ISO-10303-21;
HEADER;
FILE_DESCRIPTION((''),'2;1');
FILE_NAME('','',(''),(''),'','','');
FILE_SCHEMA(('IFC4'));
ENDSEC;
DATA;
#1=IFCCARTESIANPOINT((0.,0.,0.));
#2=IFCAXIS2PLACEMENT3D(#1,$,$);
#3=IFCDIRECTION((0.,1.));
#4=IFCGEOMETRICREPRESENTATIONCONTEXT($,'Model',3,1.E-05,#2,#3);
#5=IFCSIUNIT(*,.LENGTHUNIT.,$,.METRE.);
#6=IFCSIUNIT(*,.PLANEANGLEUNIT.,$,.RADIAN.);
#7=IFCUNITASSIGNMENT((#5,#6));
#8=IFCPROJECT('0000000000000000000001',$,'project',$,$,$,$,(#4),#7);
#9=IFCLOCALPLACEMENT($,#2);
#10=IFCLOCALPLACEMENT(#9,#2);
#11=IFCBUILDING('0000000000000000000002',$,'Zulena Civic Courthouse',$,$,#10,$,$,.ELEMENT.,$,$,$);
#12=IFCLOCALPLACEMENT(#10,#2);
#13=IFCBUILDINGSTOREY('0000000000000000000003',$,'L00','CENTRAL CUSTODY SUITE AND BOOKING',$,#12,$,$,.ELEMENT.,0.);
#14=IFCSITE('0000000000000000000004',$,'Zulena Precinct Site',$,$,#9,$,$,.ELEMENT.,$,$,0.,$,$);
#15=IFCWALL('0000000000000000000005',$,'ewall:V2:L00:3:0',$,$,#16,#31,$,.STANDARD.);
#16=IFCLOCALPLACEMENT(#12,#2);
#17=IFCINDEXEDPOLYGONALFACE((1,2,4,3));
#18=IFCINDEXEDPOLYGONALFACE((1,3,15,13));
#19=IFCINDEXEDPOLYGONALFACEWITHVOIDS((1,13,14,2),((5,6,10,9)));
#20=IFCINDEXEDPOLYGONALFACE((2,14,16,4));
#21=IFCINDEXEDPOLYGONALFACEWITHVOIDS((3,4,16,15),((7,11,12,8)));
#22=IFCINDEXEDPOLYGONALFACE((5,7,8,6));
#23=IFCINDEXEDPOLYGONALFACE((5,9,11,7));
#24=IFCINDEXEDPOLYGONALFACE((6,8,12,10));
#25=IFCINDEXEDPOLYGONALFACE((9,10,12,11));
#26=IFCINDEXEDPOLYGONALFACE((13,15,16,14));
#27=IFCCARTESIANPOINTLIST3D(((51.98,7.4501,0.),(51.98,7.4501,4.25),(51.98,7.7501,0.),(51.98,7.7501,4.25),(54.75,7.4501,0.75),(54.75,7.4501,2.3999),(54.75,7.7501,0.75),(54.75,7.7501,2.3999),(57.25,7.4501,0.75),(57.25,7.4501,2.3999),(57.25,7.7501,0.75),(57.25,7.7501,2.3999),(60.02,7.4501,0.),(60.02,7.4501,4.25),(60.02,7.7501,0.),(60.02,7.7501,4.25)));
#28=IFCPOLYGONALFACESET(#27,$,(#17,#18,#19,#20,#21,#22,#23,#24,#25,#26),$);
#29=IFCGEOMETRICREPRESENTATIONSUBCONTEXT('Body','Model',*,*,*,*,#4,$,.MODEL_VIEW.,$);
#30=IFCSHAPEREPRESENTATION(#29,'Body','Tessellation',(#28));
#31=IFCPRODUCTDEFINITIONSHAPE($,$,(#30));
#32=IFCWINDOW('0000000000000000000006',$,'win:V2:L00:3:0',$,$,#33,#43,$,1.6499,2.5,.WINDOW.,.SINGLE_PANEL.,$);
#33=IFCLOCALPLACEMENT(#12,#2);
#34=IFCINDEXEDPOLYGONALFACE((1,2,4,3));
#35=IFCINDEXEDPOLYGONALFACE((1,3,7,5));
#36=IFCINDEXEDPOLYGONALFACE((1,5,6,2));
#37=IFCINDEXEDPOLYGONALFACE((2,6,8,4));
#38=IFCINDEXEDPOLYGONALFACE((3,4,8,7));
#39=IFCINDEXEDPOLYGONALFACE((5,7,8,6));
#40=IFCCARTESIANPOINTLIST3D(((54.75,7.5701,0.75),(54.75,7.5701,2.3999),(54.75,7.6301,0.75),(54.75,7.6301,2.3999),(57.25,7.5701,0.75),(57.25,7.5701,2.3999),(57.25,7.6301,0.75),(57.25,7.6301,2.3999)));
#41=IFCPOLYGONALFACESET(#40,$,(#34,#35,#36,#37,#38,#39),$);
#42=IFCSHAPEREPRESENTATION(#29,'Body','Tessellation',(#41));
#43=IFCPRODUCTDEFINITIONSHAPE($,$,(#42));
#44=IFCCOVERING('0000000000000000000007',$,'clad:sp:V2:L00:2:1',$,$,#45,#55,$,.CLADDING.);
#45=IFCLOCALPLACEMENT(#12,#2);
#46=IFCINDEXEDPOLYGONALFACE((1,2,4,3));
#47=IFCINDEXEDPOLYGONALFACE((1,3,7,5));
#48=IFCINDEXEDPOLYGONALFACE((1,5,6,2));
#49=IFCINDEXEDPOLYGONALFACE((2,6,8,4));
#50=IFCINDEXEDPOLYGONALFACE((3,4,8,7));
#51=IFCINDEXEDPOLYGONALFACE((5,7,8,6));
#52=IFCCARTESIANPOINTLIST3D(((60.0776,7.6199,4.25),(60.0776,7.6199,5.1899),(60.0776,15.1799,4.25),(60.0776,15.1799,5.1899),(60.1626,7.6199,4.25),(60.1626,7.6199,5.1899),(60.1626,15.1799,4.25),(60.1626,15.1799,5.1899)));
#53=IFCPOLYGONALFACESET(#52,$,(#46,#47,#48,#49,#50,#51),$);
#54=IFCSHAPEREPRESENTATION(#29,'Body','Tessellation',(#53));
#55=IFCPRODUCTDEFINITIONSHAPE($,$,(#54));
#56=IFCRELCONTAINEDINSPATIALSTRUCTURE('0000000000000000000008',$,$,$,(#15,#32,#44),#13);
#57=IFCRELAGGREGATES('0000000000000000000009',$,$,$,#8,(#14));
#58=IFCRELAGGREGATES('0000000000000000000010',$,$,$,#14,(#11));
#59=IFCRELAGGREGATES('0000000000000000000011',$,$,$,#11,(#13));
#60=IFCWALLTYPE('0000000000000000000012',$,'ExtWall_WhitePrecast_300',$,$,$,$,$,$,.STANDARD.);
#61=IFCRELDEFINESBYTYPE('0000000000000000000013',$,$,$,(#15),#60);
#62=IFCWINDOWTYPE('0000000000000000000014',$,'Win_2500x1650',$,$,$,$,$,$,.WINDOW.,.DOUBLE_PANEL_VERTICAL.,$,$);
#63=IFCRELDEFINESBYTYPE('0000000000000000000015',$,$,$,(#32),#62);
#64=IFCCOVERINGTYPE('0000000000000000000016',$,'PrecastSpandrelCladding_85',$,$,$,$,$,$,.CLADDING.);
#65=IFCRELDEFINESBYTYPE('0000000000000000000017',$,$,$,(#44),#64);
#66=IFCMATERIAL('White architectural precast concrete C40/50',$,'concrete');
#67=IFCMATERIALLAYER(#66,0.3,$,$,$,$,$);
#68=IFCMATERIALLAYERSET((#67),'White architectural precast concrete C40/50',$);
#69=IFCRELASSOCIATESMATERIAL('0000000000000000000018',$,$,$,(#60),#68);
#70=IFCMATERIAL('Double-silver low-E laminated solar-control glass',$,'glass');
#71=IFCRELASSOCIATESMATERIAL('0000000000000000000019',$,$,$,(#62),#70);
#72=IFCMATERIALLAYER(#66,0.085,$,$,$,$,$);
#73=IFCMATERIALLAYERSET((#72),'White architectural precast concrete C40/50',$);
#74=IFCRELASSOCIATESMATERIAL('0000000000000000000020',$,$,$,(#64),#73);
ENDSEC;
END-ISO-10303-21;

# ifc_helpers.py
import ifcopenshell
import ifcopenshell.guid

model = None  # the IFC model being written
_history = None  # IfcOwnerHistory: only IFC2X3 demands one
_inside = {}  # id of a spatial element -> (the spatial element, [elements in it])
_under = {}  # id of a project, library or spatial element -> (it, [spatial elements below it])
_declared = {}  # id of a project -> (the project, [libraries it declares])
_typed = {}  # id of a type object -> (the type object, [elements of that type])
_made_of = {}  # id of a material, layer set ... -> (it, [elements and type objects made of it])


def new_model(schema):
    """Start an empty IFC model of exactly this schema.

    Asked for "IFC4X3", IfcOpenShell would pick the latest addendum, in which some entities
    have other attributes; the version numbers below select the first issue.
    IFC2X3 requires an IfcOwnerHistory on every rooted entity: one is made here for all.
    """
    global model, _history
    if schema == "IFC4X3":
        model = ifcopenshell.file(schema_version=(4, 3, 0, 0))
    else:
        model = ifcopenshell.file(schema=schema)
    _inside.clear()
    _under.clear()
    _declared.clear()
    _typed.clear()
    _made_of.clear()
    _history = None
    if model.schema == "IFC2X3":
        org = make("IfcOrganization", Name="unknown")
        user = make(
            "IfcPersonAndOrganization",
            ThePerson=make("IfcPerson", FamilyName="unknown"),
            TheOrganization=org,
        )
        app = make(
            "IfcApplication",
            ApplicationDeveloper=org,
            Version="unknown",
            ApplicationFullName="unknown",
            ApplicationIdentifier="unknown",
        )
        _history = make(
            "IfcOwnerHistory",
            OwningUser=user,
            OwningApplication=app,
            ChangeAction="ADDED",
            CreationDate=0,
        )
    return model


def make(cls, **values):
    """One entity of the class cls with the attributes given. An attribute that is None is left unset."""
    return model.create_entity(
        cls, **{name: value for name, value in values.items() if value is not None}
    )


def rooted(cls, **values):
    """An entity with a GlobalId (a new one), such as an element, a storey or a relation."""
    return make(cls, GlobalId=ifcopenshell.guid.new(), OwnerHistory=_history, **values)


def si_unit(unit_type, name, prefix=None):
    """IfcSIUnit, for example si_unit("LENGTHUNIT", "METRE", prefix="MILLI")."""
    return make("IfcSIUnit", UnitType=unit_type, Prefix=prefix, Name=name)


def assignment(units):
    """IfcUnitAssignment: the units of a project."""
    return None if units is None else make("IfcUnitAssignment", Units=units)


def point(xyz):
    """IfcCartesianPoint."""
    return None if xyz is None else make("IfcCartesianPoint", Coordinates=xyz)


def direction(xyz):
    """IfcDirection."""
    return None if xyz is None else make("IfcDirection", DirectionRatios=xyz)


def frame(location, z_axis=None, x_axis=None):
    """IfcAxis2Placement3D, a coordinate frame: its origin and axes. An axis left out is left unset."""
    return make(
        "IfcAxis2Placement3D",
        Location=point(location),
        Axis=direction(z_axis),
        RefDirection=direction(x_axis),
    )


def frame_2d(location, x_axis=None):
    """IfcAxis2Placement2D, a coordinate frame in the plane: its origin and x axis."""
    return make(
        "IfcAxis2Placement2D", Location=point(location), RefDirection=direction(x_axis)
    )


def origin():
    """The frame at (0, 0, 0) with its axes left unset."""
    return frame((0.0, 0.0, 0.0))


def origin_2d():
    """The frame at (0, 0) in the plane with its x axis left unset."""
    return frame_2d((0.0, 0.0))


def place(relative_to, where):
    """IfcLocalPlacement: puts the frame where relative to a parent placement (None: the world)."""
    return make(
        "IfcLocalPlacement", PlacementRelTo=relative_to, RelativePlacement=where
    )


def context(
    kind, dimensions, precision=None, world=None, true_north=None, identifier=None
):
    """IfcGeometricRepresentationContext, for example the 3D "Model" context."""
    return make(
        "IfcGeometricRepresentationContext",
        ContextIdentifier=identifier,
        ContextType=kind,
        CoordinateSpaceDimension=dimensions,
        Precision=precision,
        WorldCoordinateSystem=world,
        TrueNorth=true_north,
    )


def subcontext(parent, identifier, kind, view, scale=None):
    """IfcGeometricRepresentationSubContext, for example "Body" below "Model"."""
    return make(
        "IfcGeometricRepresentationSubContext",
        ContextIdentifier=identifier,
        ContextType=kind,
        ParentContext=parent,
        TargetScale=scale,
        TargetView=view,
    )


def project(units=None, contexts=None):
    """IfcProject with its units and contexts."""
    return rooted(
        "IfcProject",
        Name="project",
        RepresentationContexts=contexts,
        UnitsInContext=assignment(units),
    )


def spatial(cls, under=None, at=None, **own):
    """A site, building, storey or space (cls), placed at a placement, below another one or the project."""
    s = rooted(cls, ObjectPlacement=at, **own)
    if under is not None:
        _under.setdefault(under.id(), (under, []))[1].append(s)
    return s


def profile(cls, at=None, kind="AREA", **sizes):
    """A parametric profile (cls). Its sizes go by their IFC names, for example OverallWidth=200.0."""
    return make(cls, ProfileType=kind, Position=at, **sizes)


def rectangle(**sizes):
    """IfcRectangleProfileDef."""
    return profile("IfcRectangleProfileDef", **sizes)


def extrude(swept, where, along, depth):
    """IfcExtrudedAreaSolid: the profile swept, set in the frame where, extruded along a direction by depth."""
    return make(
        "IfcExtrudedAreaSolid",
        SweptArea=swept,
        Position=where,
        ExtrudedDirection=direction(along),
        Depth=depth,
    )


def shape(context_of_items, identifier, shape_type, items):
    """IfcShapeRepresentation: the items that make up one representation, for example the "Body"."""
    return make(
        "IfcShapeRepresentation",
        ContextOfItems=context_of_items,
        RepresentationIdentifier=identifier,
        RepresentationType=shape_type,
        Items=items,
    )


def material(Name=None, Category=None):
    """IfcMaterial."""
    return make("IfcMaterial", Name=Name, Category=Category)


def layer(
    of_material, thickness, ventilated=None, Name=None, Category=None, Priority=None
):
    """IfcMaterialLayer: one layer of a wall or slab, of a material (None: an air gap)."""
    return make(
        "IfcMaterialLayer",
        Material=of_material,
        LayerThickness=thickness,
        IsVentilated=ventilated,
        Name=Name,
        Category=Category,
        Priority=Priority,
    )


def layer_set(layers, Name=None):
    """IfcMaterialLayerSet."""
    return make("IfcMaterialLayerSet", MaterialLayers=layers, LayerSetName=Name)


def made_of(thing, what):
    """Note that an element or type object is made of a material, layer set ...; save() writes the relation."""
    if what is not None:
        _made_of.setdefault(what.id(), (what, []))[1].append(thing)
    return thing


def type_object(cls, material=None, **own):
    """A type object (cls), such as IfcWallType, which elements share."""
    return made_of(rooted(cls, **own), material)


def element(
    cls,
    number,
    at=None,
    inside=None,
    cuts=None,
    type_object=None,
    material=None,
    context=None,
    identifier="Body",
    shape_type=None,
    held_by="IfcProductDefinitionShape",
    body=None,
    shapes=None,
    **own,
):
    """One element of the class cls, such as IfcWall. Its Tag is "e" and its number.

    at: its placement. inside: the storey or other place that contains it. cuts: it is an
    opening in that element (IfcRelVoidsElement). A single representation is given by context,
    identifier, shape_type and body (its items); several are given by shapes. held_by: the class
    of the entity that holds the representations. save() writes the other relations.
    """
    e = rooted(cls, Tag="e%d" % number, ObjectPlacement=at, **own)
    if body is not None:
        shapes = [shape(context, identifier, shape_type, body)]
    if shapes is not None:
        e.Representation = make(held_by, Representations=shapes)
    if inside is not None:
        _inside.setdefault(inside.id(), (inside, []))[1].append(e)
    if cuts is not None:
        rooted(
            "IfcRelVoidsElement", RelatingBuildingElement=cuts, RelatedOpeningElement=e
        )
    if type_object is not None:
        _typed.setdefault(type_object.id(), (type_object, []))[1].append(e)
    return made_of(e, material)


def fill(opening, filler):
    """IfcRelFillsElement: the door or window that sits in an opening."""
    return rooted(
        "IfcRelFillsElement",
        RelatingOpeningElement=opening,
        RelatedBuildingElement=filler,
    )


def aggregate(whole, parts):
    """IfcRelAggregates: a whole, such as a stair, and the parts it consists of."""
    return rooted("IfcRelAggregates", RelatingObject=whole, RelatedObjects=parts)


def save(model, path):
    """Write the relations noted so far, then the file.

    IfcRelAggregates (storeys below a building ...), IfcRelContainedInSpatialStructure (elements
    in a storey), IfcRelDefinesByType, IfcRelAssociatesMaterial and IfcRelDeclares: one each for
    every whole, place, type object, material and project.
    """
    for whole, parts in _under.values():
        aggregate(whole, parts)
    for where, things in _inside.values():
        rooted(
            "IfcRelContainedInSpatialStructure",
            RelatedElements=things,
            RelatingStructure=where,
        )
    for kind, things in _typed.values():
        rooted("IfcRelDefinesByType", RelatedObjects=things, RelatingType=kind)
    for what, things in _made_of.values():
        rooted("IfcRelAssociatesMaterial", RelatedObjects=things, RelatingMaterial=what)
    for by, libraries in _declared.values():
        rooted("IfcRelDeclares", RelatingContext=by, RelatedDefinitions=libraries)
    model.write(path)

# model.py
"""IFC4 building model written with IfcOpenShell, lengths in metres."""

from ifc_helpers import new_model, si_unit, direction, frame, frame_2d, origin, origin_2d, place, context, subcontext, project, spatial, rectangle, extrude, material, layer, layer_set, type_object, element, fill, save


model = new_model("IFC4")

# Units and contexts
model_context = context("Model", 3, precision=1e-05, world=origin(), true_north=direction((0.0, 1.0)))
body_context = subcontext(model_context, "Body", "Model", "MODEL_VIEW")
ifc_project = project(units=[si_unit("LENGTHUNIT", "METRE"), si_unit("PLANEANGLEUNIT", "RADIAN")], contexts=[model_context])

# Site, building, storey
site_placement = place(None, origin())
site = spatial("IfcSite", under=ifc_project, at=site_placement, Name="Zulena Precinct Site", CompositionType="ELEMENT", RefElevation=0.0)
building_placement = place(site_placement, origin())
building = spatial("IfcBuilding", under=site, at=building_placement, Name="Zulena Civic Courthouse", CompositionType="ELEMENT")
storey_placement = place(building_placement, origin())
storey = spatial("IfcBuildingStorey", under=building, at=storey_placement, Name="L00", Description="CENTRAL CUSTODY SUITE AND BOOKING", CompositionType="ELEMENT", Elevation=0.0)

# Wall, opening, window
ifc_material_1 = material(Name="Double-silver low-E laminated solar-control glass", Category="glass")
ifc_material_2 = material(Name="White architectural precast concrete C40/50", Category="concrete")
ifc_layer_1 = layer(ifc_material_2, 0.3)
ifc_layer_set_1 = layer_set([ifc_layer_1], Name="White architectural precast concrete C40/50")
wall_type_1 = type_object("IfcWallType", Name="ExtWall_WhitePrecast_300", PredefinedType="STANDARD", material=ifc_layer_set_1)
wall_1_placement = place(storey_placement, frame((60.02, 7.6001, 0.0), z_axis=(0.0, 0.0, 1.0), x_axis=(-1.0, 0.0, 0.0)))
wall_1 = element("IfcWall", 1, at=wall_1_placement, inside=storey, type_object=wall_type_1, Name="ewall:V2:L00:3:0", PredefinedType="STANDARD", context=body_context, shape_type="SweptSolid", body=[
    extrude(rectangle(XDim=8.04, YDim=0.3, at=frame_2d((4.02, 0.0))), origin(), (0.0, 0.0, 1.0), 4.25),
])
opening_1_placement = place(wall_1_placement, frame((2.77, 0.0, 0.75)))
opening_1 = element("IfcOpeningElement", 2, at=opening_1_placement, cuts=wall_1, PredefinedType="OPENING", context=body_context, shape_type="SweptSolid", body=[
    extrude(rectangle(XDim=2.5, YDim=1.6499, at=frame_2d((1.25, 0.825))), frame((0.0, 0.1599, 0.0), z_axis=(0.0, -1.0, 0.0), x_axis=(1.0, 0.0, 0.0)), (0.0, 0.0, 1.0), 0.3201),
])
window_type_1 = type_object("IfcWindowType", Name="Win_2500x1650", PartitioningType="DOUBLE_PANEL_VERTICAL", PredefinedType="WINDOW", material=ifc_material_1)
window_1_placement = place(opening_1_placement, origin())
window_1 = element("IfcWindow", 3, at=window_1_placement, inside=storey, type_object=window_type_1, Name="win:V2:L00:3:0", OverallHeight=1.6499, OverallWidth=2.5, PartitioningType="SINGLE_PANEL", PredefinedType="WINDOW", context=body_context, shape_type="SweptSolid", body=[
    extrude(rectangle(XDim=2.5, YDim=1.6499, at=frame_2d((1.25, 0.825))), frame((0.0, 0.03, 0.0), z_axis=(0.0, -1.0, 0.0), x_axis=(1.0, 0.0, 0.0)), (0.0, 0.0, 1.0), 0.0601),
])
fill(opening_1, window_1)

# Covering
ifc_layer_2 = layer(ifc_material_2, 0.085)
ifc_layer_set_2 = layer_set([ifc_layer_2], Name="White architectural precast concrete C40/50")
covering_type = type_object("IfcCoveringType", Name="PrecastSpandrelCladding_85", PredefinedType="CLADDING", material=ifc_layer_set_2)
covering_placement = place(storey_placement, frame((60.1201, 11.3999, 4.25), z_axis=(0.0, 0.0, 1.0), x_axis=(0.0, -1.0, 0.0)))
element("IfcCovering", 4, at=covering_placement, inside=storey, type_object=covering_type, Name="clad:sp:V2:L00:2:1", PredefinedType="CLADDING", context=body_context, shape_type="SweptSolid", body=[
    extrude(rectangle(XDim=7.5601, YDim=0.085, at=origin_2d()), origin(), (0.0, 0.0, 1.0), 0.9399),
])

save(model, "model.ifc")
